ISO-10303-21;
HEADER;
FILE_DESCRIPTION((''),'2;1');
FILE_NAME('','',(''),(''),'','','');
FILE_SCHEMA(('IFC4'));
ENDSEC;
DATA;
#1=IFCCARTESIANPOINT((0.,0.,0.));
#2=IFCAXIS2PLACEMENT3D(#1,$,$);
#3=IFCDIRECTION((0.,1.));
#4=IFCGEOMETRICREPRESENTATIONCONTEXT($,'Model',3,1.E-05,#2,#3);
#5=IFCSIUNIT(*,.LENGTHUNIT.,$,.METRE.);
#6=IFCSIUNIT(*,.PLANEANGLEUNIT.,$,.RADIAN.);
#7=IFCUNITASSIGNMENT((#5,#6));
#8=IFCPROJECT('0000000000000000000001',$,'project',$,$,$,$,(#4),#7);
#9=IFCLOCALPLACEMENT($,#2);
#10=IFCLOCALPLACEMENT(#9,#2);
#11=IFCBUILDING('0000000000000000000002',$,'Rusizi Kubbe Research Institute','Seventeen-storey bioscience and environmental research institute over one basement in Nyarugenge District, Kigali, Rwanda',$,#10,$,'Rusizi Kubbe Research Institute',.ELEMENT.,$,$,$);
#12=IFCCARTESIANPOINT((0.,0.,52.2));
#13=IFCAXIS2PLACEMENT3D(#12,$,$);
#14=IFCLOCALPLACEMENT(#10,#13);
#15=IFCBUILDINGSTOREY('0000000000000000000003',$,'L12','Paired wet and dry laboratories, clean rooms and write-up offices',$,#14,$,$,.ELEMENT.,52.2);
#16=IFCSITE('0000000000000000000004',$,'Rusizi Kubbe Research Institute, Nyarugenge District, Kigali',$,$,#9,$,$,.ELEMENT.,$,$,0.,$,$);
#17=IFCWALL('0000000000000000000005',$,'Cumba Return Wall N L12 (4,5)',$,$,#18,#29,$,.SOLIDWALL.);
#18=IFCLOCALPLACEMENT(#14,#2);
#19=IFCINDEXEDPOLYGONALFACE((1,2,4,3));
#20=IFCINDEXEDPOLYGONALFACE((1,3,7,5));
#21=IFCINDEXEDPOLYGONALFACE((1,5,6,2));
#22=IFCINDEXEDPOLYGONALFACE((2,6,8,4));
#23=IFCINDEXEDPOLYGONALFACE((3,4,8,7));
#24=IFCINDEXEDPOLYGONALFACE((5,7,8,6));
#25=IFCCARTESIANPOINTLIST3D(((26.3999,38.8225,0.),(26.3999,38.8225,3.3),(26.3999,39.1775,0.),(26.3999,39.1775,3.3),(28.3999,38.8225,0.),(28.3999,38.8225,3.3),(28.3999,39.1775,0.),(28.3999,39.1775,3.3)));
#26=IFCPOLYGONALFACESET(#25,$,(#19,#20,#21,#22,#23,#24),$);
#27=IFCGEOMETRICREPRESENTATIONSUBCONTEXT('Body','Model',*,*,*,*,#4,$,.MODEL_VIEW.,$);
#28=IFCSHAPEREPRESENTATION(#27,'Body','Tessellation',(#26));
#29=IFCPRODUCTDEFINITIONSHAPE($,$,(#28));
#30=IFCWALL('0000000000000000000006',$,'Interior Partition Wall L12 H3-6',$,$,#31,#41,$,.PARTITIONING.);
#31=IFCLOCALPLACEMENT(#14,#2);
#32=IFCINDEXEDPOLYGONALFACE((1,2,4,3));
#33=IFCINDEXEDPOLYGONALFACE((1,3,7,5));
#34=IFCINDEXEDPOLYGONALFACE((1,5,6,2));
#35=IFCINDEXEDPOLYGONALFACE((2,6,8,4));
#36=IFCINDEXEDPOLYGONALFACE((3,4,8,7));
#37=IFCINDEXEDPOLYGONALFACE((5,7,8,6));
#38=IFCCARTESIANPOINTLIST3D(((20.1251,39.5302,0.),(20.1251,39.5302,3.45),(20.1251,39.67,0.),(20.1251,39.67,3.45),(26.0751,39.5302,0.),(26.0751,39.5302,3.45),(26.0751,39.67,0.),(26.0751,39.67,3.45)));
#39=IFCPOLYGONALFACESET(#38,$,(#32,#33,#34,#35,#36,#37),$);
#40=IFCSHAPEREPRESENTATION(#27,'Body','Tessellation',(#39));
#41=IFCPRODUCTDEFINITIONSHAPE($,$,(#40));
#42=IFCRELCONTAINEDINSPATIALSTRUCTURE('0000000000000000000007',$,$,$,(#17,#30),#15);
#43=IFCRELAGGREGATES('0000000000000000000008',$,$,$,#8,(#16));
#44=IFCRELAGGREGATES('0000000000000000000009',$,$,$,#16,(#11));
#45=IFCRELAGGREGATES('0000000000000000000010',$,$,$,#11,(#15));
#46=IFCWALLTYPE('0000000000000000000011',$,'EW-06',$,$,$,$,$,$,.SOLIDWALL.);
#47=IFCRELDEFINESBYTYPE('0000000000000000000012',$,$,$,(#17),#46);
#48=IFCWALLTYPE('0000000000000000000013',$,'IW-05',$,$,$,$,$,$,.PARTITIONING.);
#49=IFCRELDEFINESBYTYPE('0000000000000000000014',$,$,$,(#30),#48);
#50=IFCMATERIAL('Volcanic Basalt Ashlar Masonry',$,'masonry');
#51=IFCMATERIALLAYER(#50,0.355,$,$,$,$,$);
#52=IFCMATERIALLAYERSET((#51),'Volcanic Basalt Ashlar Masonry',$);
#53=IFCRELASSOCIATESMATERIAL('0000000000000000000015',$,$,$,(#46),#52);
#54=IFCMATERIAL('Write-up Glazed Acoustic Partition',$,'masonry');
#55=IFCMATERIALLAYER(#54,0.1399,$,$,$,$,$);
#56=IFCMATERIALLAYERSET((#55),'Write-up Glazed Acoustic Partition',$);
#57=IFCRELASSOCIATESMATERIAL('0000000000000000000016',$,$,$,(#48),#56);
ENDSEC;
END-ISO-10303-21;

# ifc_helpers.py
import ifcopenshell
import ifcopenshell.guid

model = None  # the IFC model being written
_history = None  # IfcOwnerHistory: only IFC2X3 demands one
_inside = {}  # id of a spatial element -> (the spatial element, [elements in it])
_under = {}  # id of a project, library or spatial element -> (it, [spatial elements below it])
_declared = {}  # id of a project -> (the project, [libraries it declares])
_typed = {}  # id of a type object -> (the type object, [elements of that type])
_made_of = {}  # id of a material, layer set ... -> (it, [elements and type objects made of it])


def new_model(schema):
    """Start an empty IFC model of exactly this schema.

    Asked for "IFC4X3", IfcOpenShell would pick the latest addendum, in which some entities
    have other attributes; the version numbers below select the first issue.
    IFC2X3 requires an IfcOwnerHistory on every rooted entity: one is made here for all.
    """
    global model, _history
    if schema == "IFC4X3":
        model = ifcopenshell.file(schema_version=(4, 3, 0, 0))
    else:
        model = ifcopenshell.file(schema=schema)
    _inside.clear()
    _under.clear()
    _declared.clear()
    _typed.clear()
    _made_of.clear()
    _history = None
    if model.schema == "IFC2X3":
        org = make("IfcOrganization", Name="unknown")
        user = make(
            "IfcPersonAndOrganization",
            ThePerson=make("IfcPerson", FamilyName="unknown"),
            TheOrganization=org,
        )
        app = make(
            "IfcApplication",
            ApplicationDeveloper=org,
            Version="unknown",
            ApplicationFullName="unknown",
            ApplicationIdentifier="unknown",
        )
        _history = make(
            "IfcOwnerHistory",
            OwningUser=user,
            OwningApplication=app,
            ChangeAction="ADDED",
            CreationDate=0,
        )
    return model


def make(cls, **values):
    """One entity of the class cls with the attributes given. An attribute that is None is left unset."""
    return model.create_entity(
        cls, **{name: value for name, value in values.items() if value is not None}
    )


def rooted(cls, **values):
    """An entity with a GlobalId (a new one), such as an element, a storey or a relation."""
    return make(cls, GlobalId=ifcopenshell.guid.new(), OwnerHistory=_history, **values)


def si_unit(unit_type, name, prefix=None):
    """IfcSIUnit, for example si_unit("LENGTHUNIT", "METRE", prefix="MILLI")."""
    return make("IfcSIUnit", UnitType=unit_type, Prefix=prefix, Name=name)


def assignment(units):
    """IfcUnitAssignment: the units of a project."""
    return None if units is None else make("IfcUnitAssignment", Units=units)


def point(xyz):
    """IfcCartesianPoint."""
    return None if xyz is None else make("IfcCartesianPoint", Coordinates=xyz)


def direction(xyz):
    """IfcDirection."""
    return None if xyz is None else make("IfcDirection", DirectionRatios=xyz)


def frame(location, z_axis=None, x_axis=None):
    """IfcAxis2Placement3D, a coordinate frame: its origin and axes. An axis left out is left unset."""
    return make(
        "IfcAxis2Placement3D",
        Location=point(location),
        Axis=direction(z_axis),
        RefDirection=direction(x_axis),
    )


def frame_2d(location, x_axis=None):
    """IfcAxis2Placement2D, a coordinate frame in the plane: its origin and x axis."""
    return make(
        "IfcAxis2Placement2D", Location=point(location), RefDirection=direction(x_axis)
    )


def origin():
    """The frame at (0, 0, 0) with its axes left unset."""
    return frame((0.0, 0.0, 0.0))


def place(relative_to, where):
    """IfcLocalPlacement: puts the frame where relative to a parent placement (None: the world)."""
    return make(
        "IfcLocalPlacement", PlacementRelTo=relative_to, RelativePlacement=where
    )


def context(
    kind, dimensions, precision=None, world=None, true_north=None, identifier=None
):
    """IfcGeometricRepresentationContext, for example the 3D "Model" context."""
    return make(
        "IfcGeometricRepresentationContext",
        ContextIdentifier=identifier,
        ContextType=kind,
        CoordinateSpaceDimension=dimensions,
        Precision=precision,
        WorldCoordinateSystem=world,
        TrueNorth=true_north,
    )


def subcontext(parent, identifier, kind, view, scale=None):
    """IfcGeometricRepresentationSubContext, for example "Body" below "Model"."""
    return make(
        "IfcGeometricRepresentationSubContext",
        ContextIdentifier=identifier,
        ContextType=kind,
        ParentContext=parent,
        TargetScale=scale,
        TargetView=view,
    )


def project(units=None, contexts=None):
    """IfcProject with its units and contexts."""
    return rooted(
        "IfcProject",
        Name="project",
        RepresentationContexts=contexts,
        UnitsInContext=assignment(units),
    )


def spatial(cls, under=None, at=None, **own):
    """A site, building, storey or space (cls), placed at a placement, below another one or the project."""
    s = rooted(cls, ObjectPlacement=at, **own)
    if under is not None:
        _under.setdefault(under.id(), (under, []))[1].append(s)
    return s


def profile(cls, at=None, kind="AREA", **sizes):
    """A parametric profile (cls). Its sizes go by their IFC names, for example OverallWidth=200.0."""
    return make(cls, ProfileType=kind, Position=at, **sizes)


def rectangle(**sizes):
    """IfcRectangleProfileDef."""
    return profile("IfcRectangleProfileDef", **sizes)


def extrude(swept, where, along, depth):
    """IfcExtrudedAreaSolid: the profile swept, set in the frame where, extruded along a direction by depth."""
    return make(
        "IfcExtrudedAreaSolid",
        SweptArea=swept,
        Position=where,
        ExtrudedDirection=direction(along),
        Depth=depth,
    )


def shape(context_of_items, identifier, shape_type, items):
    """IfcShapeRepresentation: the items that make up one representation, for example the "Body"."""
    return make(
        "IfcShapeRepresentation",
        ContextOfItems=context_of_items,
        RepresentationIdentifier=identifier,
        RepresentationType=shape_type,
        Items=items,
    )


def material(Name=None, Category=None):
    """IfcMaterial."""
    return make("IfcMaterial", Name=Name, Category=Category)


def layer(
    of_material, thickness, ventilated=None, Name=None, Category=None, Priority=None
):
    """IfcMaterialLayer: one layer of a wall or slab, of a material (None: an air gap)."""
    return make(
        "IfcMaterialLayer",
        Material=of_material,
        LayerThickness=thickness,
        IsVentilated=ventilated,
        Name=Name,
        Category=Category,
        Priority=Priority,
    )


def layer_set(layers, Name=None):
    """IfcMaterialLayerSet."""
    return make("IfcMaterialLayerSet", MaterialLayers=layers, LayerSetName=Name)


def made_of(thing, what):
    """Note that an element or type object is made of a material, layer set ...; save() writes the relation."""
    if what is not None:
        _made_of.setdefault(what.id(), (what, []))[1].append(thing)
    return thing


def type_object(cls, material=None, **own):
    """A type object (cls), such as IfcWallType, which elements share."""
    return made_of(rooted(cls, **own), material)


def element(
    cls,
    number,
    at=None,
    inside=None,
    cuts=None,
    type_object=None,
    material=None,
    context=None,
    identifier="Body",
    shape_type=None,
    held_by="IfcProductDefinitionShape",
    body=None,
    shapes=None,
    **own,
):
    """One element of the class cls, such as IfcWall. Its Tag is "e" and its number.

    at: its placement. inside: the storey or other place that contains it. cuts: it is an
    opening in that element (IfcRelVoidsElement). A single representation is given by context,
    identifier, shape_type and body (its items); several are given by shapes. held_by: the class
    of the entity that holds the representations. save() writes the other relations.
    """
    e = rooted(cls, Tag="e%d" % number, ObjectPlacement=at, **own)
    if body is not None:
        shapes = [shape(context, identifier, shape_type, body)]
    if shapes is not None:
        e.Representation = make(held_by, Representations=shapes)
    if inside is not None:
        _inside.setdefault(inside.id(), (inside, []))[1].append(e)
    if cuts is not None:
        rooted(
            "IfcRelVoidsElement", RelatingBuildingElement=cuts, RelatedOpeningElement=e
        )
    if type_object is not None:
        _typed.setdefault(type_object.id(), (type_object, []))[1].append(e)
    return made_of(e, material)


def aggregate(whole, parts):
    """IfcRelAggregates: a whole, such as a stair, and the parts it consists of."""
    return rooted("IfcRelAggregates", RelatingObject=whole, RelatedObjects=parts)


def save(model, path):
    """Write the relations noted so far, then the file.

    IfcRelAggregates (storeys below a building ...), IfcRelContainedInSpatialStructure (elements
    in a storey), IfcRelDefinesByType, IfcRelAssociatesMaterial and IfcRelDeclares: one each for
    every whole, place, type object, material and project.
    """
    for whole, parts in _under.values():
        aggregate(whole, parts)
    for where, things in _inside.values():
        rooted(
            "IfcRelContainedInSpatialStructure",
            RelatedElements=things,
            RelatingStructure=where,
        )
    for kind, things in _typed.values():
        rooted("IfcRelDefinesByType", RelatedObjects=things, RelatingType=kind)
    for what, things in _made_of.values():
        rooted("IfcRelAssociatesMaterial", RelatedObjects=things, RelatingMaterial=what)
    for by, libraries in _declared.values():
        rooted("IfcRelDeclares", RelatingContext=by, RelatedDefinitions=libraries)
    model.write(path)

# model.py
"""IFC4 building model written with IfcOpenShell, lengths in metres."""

from ifc_helpers import new_model, si_unit, direction, frame, frame_2d, origin, place, context, subcontext, project, spatial, rectangle, extrude, material, layer, layer_set, type_object, element, save


model = new_model("IFC4")

# Units and contexts
model_context = context("Model", 3, precision=1e-05, world=origin(), true_north=direction((0.0, 1.0)))
body_context = subcontext(model_context, "Body", "Model", "MODEL_VIEW")
ifc_project = project(units=[si_unit("LENGTHUNIT", "METRE"), si_unit("PLANEANGLEUNIT", "RADIAN")], contexts=[model_context])

# Site, building, storey
site_placement = place(None, origin())
site = spatial("IfcSite", under=ifc_project, at=site_placement, Name="Rusizi Kubbe Research Institute, Nyarugenge District, Kigali", CompositionType="ELEMENT", RefElevation=0.0)
building_placement = place(site_placement, origin())
building = spatial("IfcBuilding", under=site, at=building_placement, Name="Rusizi Kubbe Research Institute", Description="Seventeen-storey bioscience and environmental research institute over one basement in Nyarugenge District, Kigali, Rwanda", LongName="Rusizi Kubbe Research Institute", CompositionType="ELEMENT")
storey_placement = place(building_placement, frame((0.0, 0.0, 52.2)))
storey = spatial("IfcBuildingStorey", under=building, at=storey_placement, Name="L12", Description="Paired wet and dry laboratories, clean rooms and write-up offices", CompositionType="ELEMENT", Elevation=52.2)

# Walls
ifc_material_1 = material(Name="Volcanic Basalt Ashlar Masonry", Category="masonry")
ifc_layer_1 = layer(ifc_material_1, 0.355)
ifc_layer_set_1 = layer_set([ifc_layer_1], Name="Volcanic Basalt Ashlar Masonry")
wall_type_1 = type_object("IfcWallType", Name="EW-06", PredefinedType="SOLIDWALL", material=ifc_layer_set_1)
wall_1_placement = place(storey_placement, frame((26.3999, 39.0, 0.0), z_axis=(0.0, 0.0, 1.0), x_axis=(1.0, 0.0, 0.0)))
element("IfcWall", 1, at=wall_1_placement, inside=storey, type_object=wall_type_1, Name="Cumba Return Wall N L12 (4,5)", PredefinedType="SOLIDWALL", context=body_context, shape_type="SweptSolid", body=[
    extrude(rectangle(XDim=2.0, YDim=0.355, at=frame_2d((1.0, 0.0))), origin(), (0.0, 0.0, 1.0), 3.3),
])
ifc_material_2 = material(Name="Write-up Glazed Acoustic Partition", Category="masonry")
ifc_layer_2 = layer(ifc_material_2, 0.1399)
ifc_layer_set_2 = layer_set([ifc_layer_2], Name="Write-up Glazed Acoustic Partition")
wall_type_2 = type_object("IfcWallType", Name="IW-05", PredefinedType="PARTITIONING", material=ifc_layer_set_2)
wall_2_placement = place(storey_placement, frame((20.125, 39.6001, 0.0), z_axis=(0.0, 0.0, 1.0), x_axis=(1.0, 0.0, 0.0)))
element("IfcWall", 2, at=wall_2_placement, inside=storey, type_object=wall_type_2, Name="Interior Partition Wall L12 H3-6", PredefinedType="PARTITIONING", context=body_context, shape_type="SweptSolid", body=[
    extrude(rectangle(XDim=5.95, YDim=0.1399, at=frame_2d((2.9751, 0.0))), origin(), (0.0, 0.0, 1.0), 3.45),
])

save(model, "model.ifc")
